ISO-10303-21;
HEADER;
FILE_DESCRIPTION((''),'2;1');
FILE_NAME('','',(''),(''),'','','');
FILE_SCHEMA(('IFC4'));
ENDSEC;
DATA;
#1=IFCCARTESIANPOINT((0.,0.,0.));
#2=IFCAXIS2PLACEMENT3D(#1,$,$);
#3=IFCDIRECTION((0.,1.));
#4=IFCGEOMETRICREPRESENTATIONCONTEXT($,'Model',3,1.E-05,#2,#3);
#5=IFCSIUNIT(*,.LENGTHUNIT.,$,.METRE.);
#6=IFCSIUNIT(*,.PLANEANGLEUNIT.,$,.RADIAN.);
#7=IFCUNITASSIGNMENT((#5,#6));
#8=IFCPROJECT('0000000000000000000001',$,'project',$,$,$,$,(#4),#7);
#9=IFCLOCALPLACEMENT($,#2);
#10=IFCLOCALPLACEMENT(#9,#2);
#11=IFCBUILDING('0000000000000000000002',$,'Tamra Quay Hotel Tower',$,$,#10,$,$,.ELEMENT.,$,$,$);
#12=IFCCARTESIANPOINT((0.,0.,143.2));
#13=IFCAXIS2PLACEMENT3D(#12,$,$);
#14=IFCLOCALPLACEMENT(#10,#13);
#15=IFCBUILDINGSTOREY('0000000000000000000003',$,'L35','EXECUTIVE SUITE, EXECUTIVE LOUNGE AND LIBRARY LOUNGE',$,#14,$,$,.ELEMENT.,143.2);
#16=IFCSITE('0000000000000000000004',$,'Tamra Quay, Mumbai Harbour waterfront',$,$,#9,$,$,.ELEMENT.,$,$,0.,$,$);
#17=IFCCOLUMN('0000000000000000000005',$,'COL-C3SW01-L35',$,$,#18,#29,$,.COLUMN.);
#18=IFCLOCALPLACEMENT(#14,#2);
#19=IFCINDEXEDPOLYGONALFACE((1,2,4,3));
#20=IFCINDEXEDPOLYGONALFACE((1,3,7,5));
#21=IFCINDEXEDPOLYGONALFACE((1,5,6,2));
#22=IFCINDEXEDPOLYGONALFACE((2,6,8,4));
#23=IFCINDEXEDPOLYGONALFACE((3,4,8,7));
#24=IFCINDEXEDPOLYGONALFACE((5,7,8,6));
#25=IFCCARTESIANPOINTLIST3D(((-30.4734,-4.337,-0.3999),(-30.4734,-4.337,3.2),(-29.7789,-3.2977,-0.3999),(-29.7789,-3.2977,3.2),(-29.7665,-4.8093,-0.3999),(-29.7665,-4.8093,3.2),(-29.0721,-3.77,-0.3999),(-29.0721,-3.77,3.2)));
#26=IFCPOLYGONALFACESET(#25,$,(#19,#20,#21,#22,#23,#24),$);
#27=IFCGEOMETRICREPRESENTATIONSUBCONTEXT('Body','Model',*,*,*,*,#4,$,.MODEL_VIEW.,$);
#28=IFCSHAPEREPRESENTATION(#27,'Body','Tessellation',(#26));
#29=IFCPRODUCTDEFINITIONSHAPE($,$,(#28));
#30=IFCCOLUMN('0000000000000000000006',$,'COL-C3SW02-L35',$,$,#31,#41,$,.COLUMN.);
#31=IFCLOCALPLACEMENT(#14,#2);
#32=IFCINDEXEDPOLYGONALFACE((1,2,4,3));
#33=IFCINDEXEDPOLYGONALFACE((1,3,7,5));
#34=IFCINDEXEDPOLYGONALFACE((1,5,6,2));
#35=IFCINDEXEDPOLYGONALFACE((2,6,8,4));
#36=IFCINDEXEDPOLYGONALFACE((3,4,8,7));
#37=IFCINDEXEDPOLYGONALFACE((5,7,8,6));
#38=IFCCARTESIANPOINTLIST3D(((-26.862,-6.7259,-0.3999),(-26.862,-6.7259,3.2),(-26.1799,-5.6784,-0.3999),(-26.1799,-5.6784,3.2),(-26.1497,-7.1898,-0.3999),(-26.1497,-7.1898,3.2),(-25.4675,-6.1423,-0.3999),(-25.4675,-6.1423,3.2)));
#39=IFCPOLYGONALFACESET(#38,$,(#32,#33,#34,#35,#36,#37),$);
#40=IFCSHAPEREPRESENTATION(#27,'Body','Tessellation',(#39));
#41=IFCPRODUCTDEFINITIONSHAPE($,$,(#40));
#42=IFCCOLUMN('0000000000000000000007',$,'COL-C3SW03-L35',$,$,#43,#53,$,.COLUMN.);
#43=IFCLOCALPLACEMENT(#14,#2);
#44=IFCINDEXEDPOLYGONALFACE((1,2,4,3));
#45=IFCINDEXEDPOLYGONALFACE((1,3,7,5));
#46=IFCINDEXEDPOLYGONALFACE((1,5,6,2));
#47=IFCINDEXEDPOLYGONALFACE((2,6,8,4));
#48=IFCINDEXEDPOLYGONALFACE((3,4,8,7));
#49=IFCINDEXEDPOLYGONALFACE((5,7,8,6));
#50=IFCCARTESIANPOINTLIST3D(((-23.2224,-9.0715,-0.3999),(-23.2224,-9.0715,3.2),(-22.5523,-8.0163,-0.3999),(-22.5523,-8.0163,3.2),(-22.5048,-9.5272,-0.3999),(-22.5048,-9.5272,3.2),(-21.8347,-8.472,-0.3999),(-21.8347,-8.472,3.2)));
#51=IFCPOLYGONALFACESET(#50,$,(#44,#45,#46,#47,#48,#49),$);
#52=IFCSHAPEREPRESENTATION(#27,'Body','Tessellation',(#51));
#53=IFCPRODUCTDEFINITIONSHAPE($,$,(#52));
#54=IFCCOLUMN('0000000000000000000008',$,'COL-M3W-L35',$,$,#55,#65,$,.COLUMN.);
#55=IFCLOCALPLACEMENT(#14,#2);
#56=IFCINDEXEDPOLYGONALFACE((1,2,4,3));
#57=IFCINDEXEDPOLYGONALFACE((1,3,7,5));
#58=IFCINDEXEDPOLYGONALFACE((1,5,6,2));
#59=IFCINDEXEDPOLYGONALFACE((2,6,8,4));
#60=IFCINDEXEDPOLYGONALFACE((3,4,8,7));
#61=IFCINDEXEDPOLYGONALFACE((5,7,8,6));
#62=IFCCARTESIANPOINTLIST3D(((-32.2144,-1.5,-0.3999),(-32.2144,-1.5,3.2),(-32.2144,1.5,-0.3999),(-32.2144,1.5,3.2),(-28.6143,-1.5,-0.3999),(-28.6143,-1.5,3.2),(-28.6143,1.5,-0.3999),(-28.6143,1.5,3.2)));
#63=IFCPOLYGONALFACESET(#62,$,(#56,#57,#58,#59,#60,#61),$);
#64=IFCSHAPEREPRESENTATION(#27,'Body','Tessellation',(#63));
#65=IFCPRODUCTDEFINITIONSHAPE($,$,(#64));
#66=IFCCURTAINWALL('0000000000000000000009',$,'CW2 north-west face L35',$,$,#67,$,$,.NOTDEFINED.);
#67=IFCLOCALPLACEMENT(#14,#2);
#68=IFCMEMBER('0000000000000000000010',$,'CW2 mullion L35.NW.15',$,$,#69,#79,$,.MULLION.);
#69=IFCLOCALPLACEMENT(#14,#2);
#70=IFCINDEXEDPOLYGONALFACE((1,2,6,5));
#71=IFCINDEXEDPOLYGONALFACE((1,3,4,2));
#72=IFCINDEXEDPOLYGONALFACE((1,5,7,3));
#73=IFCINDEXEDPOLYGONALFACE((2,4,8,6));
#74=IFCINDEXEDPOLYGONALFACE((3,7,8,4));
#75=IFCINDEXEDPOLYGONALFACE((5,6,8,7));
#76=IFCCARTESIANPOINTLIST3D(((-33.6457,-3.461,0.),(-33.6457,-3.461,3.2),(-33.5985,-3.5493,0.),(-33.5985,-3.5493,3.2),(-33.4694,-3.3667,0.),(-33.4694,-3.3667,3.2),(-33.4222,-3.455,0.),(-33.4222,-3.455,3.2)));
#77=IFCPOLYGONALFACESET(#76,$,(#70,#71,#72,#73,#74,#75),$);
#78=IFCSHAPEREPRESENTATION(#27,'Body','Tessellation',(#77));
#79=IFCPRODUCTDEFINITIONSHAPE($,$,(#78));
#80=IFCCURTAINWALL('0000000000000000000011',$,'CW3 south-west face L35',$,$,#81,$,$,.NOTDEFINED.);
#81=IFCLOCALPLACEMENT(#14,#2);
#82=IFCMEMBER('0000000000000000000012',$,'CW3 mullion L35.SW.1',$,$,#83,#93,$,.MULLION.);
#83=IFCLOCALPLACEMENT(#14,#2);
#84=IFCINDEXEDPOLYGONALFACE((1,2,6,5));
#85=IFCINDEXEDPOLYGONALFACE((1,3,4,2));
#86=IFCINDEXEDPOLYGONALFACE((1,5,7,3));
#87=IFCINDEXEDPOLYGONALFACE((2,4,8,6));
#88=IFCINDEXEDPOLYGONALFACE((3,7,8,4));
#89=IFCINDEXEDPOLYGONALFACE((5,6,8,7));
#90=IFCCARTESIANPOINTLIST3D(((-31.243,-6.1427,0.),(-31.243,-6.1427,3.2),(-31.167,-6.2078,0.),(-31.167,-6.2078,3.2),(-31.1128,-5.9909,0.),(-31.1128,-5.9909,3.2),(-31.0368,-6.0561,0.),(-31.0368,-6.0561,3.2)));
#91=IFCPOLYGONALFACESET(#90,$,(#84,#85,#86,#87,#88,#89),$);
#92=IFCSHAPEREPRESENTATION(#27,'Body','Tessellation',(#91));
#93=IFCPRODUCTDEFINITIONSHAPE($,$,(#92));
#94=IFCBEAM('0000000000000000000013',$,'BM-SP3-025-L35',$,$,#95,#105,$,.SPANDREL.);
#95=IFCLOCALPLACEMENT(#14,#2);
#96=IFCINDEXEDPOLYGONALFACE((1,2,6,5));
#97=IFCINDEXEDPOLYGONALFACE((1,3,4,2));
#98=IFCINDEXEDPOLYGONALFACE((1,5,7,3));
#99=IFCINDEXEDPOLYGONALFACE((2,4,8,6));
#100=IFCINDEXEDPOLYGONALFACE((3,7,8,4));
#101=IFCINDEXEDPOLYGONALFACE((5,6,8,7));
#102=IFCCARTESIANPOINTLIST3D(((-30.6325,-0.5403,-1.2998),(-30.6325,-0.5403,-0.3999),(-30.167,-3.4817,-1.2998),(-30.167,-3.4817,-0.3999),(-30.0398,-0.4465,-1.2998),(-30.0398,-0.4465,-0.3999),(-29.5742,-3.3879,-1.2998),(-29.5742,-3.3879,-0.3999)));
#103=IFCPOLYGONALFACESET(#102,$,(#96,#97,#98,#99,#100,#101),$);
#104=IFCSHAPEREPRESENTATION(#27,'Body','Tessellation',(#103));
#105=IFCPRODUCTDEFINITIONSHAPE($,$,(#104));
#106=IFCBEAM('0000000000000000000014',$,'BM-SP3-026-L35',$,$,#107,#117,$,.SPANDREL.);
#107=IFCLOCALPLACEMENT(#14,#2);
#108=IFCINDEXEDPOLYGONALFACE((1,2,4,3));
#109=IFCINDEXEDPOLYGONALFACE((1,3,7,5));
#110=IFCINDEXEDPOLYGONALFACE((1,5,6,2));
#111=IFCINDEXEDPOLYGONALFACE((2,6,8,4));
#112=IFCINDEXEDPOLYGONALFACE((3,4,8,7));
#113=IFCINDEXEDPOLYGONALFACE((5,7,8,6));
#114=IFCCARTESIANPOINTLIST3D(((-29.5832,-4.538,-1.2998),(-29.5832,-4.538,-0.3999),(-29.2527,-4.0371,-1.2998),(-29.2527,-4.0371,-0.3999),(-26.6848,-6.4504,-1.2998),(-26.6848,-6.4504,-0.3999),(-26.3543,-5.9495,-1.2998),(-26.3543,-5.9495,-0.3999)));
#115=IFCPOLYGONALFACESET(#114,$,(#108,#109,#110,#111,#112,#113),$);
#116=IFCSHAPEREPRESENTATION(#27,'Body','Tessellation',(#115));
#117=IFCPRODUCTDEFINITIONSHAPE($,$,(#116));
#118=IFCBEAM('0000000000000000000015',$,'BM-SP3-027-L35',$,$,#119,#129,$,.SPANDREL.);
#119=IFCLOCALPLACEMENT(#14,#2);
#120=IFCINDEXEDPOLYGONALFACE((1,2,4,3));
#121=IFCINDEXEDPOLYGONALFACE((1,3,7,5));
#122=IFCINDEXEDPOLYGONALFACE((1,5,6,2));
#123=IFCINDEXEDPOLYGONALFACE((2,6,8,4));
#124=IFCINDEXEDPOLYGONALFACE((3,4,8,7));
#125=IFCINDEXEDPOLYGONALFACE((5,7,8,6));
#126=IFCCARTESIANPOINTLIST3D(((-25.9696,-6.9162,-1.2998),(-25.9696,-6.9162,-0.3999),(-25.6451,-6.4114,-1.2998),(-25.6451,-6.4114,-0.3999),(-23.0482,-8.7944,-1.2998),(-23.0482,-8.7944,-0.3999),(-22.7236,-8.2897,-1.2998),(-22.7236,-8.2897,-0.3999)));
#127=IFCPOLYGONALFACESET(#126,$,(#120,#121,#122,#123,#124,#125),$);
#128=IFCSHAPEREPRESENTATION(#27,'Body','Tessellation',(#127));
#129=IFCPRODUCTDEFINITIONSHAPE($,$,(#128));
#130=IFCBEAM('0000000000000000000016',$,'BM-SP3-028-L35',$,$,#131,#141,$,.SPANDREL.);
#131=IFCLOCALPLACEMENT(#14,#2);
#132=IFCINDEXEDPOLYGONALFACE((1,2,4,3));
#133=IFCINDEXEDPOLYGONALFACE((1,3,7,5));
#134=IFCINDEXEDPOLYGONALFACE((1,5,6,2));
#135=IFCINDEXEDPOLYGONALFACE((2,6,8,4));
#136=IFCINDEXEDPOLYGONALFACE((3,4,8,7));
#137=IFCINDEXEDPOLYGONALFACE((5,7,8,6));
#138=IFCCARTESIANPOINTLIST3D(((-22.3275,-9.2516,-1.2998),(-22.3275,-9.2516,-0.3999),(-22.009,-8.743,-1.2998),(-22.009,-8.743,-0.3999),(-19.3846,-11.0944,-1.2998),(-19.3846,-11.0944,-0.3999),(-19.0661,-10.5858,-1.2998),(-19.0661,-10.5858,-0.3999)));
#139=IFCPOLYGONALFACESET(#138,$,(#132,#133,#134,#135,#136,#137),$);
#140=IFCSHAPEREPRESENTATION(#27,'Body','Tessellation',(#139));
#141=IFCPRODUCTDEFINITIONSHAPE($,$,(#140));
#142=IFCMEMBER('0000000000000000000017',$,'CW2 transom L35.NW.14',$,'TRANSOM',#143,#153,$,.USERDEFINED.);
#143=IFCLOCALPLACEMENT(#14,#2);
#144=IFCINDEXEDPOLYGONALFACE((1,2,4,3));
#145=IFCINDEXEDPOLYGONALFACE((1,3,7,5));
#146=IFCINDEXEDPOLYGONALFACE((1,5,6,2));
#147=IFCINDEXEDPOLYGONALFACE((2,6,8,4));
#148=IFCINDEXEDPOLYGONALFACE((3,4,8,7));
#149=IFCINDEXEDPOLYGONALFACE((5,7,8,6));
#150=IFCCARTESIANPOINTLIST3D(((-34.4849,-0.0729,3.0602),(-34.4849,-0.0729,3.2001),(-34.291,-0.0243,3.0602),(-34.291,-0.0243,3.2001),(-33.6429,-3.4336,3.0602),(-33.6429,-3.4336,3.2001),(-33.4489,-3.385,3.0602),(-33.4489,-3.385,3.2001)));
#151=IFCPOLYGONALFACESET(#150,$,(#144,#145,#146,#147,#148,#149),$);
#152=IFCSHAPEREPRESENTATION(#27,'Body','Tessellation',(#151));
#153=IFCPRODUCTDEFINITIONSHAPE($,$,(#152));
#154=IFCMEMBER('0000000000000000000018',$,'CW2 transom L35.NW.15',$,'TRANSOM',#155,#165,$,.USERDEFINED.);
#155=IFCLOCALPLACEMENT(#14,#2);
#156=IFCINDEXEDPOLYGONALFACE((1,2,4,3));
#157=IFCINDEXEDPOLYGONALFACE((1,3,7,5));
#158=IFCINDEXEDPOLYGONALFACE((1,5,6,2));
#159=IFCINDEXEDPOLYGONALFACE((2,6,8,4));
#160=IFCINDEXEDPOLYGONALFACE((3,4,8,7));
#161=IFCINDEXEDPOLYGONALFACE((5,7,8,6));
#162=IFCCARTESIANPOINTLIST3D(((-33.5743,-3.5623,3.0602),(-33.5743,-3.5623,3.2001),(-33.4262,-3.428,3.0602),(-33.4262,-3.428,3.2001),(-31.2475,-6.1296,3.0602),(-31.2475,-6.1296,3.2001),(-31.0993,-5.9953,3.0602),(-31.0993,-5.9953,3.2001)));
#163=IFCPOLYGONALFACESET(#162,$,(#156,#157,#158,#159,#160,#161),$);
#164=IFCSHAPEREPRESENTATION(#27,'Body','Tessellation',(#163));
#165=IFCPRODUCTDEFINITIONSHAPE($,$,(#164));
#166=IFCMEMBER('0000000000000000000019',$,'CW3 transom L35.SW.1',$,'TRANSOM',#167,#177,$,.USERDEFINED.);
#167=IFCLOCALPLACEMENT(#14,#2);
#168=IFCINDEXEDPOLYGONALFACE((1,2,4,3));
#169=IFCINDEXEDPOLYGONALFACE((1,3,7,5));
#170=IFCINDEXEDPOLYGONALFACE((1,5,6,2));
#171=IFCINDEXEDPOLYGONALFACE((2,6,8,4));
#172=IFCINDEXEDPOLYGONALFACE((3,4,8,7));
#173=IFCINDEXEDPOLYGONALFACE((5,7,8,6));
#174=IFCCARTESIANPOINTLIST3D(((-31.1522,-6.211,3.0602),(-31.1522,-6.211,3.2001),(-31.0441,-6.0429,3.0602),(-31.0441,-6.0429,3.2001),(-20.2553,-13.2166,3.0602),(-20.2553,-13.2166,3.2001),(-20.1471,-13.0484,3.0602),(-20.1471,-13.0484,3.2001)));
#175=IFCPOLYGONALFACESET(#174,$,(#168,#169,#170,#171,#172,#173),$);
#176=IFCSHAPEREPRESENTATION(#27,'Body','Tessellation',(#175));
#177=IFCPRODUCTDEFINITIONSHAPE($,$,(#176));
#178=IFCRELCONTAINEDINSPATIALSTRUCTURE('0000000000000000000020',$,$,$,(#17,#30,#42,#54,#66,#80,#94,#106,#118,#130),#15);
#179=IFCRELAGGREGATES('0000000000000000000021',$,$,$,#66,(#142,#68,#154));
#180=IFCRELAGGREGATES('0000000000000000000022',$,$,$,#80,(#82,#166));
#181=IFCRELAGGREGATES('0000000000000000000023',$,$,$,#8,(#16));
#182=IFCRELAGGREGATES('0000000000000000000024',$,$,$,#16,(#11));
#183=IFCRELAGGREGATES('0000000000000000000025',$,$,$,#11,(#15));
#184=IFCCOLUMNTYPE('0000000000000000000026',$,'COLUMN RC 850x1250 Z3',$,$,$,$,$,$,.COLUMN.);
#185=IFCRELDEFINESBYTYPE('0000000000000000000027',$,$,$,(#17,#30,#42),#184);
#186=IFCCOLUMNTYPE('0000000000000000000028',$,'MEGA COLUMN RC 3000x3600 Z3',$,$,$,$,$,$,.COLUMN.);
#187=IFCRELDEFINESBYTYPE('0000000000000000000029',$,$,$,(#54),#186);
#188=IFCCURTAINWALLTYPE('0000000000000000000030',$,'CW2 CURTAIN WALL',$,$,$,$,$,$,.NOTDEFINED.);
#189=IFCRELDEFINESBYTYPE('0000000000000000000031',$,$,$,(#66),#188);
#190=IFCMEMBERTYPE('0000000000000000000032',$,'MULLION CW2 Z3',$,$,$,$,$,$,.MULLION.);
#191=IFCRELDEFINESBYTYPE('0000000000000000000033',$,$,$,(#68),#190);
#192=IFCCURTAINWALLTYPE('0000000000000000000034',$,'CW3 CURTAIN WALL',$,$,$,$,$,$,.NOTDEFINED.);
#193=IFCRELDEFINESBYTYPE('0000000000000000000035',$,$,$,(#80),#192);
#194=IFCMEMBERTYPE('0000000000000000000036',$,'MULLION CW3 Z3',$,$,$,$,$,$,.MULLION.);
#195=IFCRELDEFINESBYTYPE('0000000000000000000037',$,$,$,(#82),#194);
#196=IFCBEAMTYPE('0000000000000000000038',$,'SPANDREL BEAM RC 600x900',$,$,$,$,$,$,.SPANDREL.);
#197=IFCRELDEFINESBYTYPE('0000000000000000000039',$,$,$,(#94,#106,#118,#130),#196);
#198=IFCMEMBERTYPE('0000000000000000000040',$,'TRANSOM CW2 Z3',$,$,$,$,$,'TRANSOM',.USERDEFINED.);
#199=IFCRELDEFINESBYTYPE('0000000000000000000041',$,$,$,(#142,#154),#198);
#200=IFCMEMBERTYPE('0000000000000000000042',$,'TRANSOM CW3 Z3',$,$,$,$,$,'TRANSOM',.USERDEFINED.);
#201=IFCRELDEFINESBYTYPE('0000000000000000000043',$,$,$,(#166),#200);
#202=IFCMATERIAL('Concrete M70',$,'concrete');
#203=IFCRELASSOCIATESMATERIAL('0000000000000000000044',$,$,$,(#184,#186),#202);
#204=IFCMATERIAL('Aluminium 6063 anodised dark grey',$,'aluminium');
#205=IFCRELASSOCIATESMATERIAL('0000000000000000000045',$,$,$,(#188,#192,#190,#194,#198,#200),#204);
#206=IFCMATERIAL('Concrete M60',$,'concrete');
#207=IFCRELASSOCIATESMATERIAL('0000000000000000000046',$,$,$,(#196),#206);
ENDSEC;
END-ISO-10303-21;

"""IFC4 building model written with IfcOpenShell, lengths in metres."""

from ifc_helpers import new_model, si_unit, direction, frame, origin, origin_2d, place, context, subcontext, project, spatial, rectangle, extrude, material, material_profile, profile_set, type_object, element, aggregate, save


model = new_model("IFC4")

# Units and contexts
model_context = context("Model", 3, precision=1e-05, world=origin(), true_north=direction((0.0, 1.0)))
body_context = subcontext(model_context, "Body", "Model", "MODEL_VIEW")
ifc_project = project(units=[si_unit("LENGTHUNIT", "METRE"), si_unit("PLANEANGLEUNIT", "RADIAN")], contexts=[model_context])

# Site, building, storey
site_placement = place(None, origin())
site = spatial("IfcSite", under=ifc_project, at=site_placement, Name="Tamra Quay, Mumbai Harbour waterfront", CompositionType="ELEMENT", RefElevation=0.0)
building_placement = place(site_placement, origin())
building = spatial("IfcBuilding", under=site, at=building_placement, Name="Tamra Quay Hotel Tower", CompositionType="ELEMENT")
storey_placement = place(building_placement, frame((0.0, 0.0, 143.2)))
storey = spatial("IfcBuildingStorey", under=building, at=storey_placement, Name="L35", Description="EXECUTIVE SUITE, EXECUTIVE LOUNGE AND LIBRARY LOUNGE", CompositionType="ELEMENT", Elevation=143.2)

# Columns
ifc_material_1 = material(Name="Concrete M70", Category="concrete")
ifc_material_profile_1 = material_profile(ifc_material_1, rectangle(XDim=1.25, YDim=0.8501, at=origin_2d()), Name="COLUMN RC 850x1250 Z3")
ifc_profile_set_1 = profile_set([ifc_material_profile_1], Name="Concrete M70")
column_type_1 = type_object("IfcColumnType", Name="COLUMN RC 850x1250 Z3", PredefinedType="COLUMN", material=ifc_profile_set_1)
for number, where, z_axis, x_axis, name in (
    (1, (-29.7727, -4.0535, -0.3999), (0.0, 0.0, 1.0), (0.555583, 0.831461, 0.0), "COL-C3SW01-L35"),
    (2, (-26.1648, -6.4341, -0.3999), (0.0, 0.0, 1.0), (0.545703, 0.837979, 0.0), "COL-C3SW02-L35"),
    (3, (-22.5286, -8.7717, -0.3999), (0.0, 0.0, 1.0), (0.536102, 0.844153, 0.0), "COL-C3SW03-L35"),
):
    element("IfcColumn", number, at=place(storey_placement, frame(where, z_axis=z_axis, x_axis=x_axis)), inside=storey, type_object=column_type_1, Name=name, PredefinedType="COLUMN", context=body_context, shape_type="SweptSolid", body=[
        extrude(rectangle(XDim=1.25, YDim=0.8501, at=origin_2d()), origin(), (0.0, 0.0, 1.0), 3.5999),
    ])
ifc_material_profile_2 = material_profile(ifc_material_1, rectangle(XDim=3.6001, YDim=3.0, at=origin_2d()), Name="MEGA COLUMN RC 3000x3600 Z3")
ifc_profile_set_2 = profile_set([ifc_material_profile_2], Name="Concrete M70")
column_type_2 = type_object("IfcColumnType", Name="MEGA COLUMN RC 3000x3600 Z3", PredefinedType="COLUMN", material=ifc_profile_set_2)
column_placement = place(storey_placement, frame((-30.4143, 0.0, -0.3999), z_axis=(0.0, 0.0, 1.0), x_axis=(1.0, 0.0, 0.0)))
element("IfcColumn", 4, at=column_placement, inside=storey, type_object=column_type_2, Name="COL-M3W-L35", PredefinedType="COLUMN", context=body_context, shape_type="SweptSolid", body=[
    extrude(rectangle(XDim=3.6001, YDim=3.0, at=origin_2d()), origin(), (0.0, 0.0, 1.0), 3.5999),
])

# Curtain walls, members
ifc_material_2 = material(Name="Aluminium 6063 anodised dark grey", Category="aluminium")
curtain_wall_type_1 = type_object("IfcCurtainWallType", Name="CW2 CURTAIN WALL", PredefinedType="NOTDEFINED", material=ifc_material_2)
curtain_wall_1_placement = place(storey_placement, origin())
curtain_wall_1 = element("IfcCurtainWall", 5, at=curtain_wall_1_placement, inside=storey, type_object=curtain_wall_type_1, Name="CW2 north-west face L35", PredefinedType="NOTDEFINED")
ifc_material_profile_3 = material_profile(ifc_material_2, rectangle(XDim=0.2, YDim=0.1001, at=origin_2d()), Name="MULLION 100X200")
ifc_profile_set_3 = profile_set([ifc_material_profile_3], Name="Aluminium 6063 anodised dark grey")
member_type_1 = type_object("IfcMemberType", Name="MULLION CW2 Z3", PredefinedType="MULLION", material=ifc_profile_set_3)
member_1_placement = place(storey_placement, frame((-33.5339, -3.458, 0.0), z_axis=(0.0, 0.0, 1.0), x_axis=(-0.881925, -0.471389, 0.0)))
member_1 = element("IfcMember", 6, at=member_1_placement, type_object=member_type_1, Name="CW2 mullion L35.NW.15", PredefinedType="MULLION", context=body_context, shape_type="SweptSolid", body=[
    extrude(rectangle(XDim=0.2, YDim=0.1001, at=origin_2d()), origin(), (0.0, 0.0, 1.0), 3.2),
])
curtain_wall_type_2 = type_object("IfcCurtainWallType", Name="CW3 CURTAIN WALL", PredefinedType="NOTDEFINED", material=ifc_material_2)
curtain_wall_2_placement = place(storey_placement, origin())
curtain_wall_2 = element("IfcCurtainWall", 7, at=curtain_wall_2_placement, inside=storey, type_object=curtain_wall_type_2, Name="CW3 south-west face L35", PredefinedType="NOTDEFINED")
ifc_material_profile_4 = material_profile(ifc_material_2, rectangle(XDim=0.2, YDim=0.1001, at=origin_2d()), Name="MULLION 100X200")
ifc_profile_set_4 = profile_set([ifc_material_profile_4], Name="Aluminium 6063 anodised dark grey")
member_type_2 = type_object("IfcMemberType", Name="MULLION CW3 Z3", PredefinedType="MULLION", material=ifc_profile_set_4)
member_2_placement = place(storey_placement, frame((-31.1399, -6.0994, 0.0), z_axis=(0.0, 0.0, 1.0), x_axis=(-0.650989, -0.759087, 0.0)))
member_2 = element("IfcMember", 8, at=member_2_placement, type_object=member_type_2, Name="CW3 mullion L35.SW.1", PredefinedType="MULLION", context=body_context, shape_type="SweptSolid", body=[
    extrude(rectangle(XDim=0.2, YDim=0.1001, at=origin_2d()), origin(), (0.0, 0.0, 1.0), 3.2),
])

# Beams
ifc_material_3 = material(Name="Concrete M60", Category="concrete")
ifc_material_profile_5 = material_profile(ifc_material_3, rectangle(XDim=0.6001, YDim=0.8999, at=origin_2d()), Name="SPANDREL BEAM RC 600x900")
ifc_profile_set_5 = profile_set([ifc_material_profile_5], Name="Concrete M60")
beam_type = type_object("IfcBeamType", Name="SPANDREL BEAM RC 600x900", PredefinedType="SPANDREL", material=ifc_profile_set_5)
beam_1_placement = place(storey_placement, frame((-30.3362, -0.4934, -0.8499), z_axis=(0.156337, -0.987704, 0.0), x_axis=(0.987704, 0.156337, 0.0)))
element("IfcBeam", 9, at=beam_1_placement, inside=storey, type_object=beam_type, Name="BM-SP3-025-L35", PredefinedType="SPANDREL", context=body_context, shape_type="SweptSolid", body=[
    extrude(rectangle(XDim=0.6001, YDim=0.8999, at=origin_2d()), origin(), (0.0, 0.0, 1.0), 2.978),
])
beam_2_placement = place(storey_placement, frame((-29.418, -4.2876, -0.8499), z_axis=(0.834691, -0.550719, 0.0), x_axis=(0.550719, 0.834691, 0.0)))
element("IfcBeam", 10, at=beam_2_placement, inside=storey, type_object=beam_type, Name="BM-SP3-026-L35", PredefinedType="SPANDREL", context=body_context, shape_type="SweptSolid", body=[
    extrude(rectangle(XDim=0.6001, YDim=0.8999, at=origin_2d()), origin(), (0.0, 0.0, 1.0), 3.4724),
])
beam_3_placement = place(storey_placement, frame((-25.8074, -6.6638, -0.8499), z_axis=(0.84116, -0.540786, 0.0), x_axis=(0.540786, 0.84116, 0.0)))
element("IfcBeam", 11, at=beam_3_placement, inside=storey, type_object=beam_type, Name="BM-SP3-027-L35", PredefinedType="SPANDREL", context=body_context, shape_type="SweptSolid", body=[
    extrude(rectangle(XDim=0.6001, YDim=0.8999, at=origin_2d()), origin(), (0.0, 0.0, 1.0), 3.4731),
])
beam_4_placement = place(storey_placement, frame((-22.1682, -8.9973, -0.8499), z_axis=(0.847548, -0.530719, 0.0), x_axis=(0.530719, 0.847548, 0.0)))
element("IfcBeam", 12, at=beam_4_placement, inside=storey, type_object=beam_type, Name="BM-SP3-028-L35", PredefinedType="SPANDREL", context=body_context, shape_type="SweptSolid", body=[
    extrude(rectangle(XDim=0.6001, YDim=0.8999, at=origin_2d()), origin(), (0.0, 0.0, 1.0), 3.4722),
])

# Members
ifc_material_profile_6 = material_profile(ifc_material_2, rectangle(XDim=0.2, YDim=0.1399, at=origin_2d()), Name="TRANSOM 200X140")
ifc_profile_set_6 = profile_set([ifc_material_profile_6], Name="Aluminium 6063 anodised dark grey")
member_type_3 = type_object("IfcMemberType", Name="TRANSOM CW2 Z3", ElementType="TRANSOM", PredefinedType="USERDEFINED", material=ifc_profile_set_6)
member_3_placement = place(storey_placement, frame((-34.3879, -0.0486, 3.1301), z_axis=(0.243033, -0.970018, 0.0), x_axis=(0.970018, 0.243033, 0.0)))
member_3 = element("IfcMember", 13, at=member_3_placement, type_object=member_type_3, Name="CW2 transom L35.NW.14", ObjectType="TRANSOM", PredefinedType="USERDEFINED", context=body_context, shape_type="SweptSolid", body=[
    extrude(rectangle(XDim=0.2, YDim=0.1399, at=origin_2d()), origin(), (0.0, 0.0, 1.0), 3.4646),
])
member_4_placement = place(storey_placement, frame((-33.5002, -3.4951, 3.1301), z_axis=(0.671553, -0.740956, 0.0), x_axis=(0.740956, 0.671553, 0.0)))
member_4 = element("IfcMember", 14, at=member_4_placement, type_object=member_type_3, Name="CW2 transom L35.NW.15", ObjectType="TRANSOM", PredefinedType="USERDEFINED", context=body_context, shape_type="SweptSolid", body=[
    extrude(rectangle(XDim=0.2, YDim=0.1399, at=origin_2d()), origin(), (0.0, 0.0, 1.0), 3.4648),
])
ifc_material_profile_7 = material_profile(ifc_material_2, rectangle(XDim=0.2, YDim=0.1399, at=origin_2d()), Name="TRANSOM 200X140")
ifc_profile_set_7 = profile_set([ifc_material_profile_7], Name="Aluminium 6063 anodised dark grey")
member_type_4 = type_object("IfcMemberType", Name="TRANSOM CW3 Z3", ElementType="TRANSOM", PredefinedType="USERDEFINED", material=ifc_profile_set_7)
member_5_placement = place(storey_placement, frame((-31.0981, -6.127, 3.1301), z_axis=(0.841164, -0.54078, 0.0), x_axis=(0.54078, 0.841164, 0.0)))
member_5 = element("IfcMember", 15, at=member_5_placement, type_object=member_type_4, Name="CW3 transom L35.SW.1", ObjectType="TRANSOM", PredefinedType="USERDEFINED", context=body_context, shape_type="SweptSolid", body=[
    extrude(rectangle(XDim=0.2, YDim=0.1399, at=origin_2d()), origin(), (0.0, 0.0, 1.0), 12.9546),
])

aggregate(curtain_wall_1, [member_3, member_1, member_4])
aggregate(curtain_wall_2, [member_2, member_5])

save(model, "model.ifc")
